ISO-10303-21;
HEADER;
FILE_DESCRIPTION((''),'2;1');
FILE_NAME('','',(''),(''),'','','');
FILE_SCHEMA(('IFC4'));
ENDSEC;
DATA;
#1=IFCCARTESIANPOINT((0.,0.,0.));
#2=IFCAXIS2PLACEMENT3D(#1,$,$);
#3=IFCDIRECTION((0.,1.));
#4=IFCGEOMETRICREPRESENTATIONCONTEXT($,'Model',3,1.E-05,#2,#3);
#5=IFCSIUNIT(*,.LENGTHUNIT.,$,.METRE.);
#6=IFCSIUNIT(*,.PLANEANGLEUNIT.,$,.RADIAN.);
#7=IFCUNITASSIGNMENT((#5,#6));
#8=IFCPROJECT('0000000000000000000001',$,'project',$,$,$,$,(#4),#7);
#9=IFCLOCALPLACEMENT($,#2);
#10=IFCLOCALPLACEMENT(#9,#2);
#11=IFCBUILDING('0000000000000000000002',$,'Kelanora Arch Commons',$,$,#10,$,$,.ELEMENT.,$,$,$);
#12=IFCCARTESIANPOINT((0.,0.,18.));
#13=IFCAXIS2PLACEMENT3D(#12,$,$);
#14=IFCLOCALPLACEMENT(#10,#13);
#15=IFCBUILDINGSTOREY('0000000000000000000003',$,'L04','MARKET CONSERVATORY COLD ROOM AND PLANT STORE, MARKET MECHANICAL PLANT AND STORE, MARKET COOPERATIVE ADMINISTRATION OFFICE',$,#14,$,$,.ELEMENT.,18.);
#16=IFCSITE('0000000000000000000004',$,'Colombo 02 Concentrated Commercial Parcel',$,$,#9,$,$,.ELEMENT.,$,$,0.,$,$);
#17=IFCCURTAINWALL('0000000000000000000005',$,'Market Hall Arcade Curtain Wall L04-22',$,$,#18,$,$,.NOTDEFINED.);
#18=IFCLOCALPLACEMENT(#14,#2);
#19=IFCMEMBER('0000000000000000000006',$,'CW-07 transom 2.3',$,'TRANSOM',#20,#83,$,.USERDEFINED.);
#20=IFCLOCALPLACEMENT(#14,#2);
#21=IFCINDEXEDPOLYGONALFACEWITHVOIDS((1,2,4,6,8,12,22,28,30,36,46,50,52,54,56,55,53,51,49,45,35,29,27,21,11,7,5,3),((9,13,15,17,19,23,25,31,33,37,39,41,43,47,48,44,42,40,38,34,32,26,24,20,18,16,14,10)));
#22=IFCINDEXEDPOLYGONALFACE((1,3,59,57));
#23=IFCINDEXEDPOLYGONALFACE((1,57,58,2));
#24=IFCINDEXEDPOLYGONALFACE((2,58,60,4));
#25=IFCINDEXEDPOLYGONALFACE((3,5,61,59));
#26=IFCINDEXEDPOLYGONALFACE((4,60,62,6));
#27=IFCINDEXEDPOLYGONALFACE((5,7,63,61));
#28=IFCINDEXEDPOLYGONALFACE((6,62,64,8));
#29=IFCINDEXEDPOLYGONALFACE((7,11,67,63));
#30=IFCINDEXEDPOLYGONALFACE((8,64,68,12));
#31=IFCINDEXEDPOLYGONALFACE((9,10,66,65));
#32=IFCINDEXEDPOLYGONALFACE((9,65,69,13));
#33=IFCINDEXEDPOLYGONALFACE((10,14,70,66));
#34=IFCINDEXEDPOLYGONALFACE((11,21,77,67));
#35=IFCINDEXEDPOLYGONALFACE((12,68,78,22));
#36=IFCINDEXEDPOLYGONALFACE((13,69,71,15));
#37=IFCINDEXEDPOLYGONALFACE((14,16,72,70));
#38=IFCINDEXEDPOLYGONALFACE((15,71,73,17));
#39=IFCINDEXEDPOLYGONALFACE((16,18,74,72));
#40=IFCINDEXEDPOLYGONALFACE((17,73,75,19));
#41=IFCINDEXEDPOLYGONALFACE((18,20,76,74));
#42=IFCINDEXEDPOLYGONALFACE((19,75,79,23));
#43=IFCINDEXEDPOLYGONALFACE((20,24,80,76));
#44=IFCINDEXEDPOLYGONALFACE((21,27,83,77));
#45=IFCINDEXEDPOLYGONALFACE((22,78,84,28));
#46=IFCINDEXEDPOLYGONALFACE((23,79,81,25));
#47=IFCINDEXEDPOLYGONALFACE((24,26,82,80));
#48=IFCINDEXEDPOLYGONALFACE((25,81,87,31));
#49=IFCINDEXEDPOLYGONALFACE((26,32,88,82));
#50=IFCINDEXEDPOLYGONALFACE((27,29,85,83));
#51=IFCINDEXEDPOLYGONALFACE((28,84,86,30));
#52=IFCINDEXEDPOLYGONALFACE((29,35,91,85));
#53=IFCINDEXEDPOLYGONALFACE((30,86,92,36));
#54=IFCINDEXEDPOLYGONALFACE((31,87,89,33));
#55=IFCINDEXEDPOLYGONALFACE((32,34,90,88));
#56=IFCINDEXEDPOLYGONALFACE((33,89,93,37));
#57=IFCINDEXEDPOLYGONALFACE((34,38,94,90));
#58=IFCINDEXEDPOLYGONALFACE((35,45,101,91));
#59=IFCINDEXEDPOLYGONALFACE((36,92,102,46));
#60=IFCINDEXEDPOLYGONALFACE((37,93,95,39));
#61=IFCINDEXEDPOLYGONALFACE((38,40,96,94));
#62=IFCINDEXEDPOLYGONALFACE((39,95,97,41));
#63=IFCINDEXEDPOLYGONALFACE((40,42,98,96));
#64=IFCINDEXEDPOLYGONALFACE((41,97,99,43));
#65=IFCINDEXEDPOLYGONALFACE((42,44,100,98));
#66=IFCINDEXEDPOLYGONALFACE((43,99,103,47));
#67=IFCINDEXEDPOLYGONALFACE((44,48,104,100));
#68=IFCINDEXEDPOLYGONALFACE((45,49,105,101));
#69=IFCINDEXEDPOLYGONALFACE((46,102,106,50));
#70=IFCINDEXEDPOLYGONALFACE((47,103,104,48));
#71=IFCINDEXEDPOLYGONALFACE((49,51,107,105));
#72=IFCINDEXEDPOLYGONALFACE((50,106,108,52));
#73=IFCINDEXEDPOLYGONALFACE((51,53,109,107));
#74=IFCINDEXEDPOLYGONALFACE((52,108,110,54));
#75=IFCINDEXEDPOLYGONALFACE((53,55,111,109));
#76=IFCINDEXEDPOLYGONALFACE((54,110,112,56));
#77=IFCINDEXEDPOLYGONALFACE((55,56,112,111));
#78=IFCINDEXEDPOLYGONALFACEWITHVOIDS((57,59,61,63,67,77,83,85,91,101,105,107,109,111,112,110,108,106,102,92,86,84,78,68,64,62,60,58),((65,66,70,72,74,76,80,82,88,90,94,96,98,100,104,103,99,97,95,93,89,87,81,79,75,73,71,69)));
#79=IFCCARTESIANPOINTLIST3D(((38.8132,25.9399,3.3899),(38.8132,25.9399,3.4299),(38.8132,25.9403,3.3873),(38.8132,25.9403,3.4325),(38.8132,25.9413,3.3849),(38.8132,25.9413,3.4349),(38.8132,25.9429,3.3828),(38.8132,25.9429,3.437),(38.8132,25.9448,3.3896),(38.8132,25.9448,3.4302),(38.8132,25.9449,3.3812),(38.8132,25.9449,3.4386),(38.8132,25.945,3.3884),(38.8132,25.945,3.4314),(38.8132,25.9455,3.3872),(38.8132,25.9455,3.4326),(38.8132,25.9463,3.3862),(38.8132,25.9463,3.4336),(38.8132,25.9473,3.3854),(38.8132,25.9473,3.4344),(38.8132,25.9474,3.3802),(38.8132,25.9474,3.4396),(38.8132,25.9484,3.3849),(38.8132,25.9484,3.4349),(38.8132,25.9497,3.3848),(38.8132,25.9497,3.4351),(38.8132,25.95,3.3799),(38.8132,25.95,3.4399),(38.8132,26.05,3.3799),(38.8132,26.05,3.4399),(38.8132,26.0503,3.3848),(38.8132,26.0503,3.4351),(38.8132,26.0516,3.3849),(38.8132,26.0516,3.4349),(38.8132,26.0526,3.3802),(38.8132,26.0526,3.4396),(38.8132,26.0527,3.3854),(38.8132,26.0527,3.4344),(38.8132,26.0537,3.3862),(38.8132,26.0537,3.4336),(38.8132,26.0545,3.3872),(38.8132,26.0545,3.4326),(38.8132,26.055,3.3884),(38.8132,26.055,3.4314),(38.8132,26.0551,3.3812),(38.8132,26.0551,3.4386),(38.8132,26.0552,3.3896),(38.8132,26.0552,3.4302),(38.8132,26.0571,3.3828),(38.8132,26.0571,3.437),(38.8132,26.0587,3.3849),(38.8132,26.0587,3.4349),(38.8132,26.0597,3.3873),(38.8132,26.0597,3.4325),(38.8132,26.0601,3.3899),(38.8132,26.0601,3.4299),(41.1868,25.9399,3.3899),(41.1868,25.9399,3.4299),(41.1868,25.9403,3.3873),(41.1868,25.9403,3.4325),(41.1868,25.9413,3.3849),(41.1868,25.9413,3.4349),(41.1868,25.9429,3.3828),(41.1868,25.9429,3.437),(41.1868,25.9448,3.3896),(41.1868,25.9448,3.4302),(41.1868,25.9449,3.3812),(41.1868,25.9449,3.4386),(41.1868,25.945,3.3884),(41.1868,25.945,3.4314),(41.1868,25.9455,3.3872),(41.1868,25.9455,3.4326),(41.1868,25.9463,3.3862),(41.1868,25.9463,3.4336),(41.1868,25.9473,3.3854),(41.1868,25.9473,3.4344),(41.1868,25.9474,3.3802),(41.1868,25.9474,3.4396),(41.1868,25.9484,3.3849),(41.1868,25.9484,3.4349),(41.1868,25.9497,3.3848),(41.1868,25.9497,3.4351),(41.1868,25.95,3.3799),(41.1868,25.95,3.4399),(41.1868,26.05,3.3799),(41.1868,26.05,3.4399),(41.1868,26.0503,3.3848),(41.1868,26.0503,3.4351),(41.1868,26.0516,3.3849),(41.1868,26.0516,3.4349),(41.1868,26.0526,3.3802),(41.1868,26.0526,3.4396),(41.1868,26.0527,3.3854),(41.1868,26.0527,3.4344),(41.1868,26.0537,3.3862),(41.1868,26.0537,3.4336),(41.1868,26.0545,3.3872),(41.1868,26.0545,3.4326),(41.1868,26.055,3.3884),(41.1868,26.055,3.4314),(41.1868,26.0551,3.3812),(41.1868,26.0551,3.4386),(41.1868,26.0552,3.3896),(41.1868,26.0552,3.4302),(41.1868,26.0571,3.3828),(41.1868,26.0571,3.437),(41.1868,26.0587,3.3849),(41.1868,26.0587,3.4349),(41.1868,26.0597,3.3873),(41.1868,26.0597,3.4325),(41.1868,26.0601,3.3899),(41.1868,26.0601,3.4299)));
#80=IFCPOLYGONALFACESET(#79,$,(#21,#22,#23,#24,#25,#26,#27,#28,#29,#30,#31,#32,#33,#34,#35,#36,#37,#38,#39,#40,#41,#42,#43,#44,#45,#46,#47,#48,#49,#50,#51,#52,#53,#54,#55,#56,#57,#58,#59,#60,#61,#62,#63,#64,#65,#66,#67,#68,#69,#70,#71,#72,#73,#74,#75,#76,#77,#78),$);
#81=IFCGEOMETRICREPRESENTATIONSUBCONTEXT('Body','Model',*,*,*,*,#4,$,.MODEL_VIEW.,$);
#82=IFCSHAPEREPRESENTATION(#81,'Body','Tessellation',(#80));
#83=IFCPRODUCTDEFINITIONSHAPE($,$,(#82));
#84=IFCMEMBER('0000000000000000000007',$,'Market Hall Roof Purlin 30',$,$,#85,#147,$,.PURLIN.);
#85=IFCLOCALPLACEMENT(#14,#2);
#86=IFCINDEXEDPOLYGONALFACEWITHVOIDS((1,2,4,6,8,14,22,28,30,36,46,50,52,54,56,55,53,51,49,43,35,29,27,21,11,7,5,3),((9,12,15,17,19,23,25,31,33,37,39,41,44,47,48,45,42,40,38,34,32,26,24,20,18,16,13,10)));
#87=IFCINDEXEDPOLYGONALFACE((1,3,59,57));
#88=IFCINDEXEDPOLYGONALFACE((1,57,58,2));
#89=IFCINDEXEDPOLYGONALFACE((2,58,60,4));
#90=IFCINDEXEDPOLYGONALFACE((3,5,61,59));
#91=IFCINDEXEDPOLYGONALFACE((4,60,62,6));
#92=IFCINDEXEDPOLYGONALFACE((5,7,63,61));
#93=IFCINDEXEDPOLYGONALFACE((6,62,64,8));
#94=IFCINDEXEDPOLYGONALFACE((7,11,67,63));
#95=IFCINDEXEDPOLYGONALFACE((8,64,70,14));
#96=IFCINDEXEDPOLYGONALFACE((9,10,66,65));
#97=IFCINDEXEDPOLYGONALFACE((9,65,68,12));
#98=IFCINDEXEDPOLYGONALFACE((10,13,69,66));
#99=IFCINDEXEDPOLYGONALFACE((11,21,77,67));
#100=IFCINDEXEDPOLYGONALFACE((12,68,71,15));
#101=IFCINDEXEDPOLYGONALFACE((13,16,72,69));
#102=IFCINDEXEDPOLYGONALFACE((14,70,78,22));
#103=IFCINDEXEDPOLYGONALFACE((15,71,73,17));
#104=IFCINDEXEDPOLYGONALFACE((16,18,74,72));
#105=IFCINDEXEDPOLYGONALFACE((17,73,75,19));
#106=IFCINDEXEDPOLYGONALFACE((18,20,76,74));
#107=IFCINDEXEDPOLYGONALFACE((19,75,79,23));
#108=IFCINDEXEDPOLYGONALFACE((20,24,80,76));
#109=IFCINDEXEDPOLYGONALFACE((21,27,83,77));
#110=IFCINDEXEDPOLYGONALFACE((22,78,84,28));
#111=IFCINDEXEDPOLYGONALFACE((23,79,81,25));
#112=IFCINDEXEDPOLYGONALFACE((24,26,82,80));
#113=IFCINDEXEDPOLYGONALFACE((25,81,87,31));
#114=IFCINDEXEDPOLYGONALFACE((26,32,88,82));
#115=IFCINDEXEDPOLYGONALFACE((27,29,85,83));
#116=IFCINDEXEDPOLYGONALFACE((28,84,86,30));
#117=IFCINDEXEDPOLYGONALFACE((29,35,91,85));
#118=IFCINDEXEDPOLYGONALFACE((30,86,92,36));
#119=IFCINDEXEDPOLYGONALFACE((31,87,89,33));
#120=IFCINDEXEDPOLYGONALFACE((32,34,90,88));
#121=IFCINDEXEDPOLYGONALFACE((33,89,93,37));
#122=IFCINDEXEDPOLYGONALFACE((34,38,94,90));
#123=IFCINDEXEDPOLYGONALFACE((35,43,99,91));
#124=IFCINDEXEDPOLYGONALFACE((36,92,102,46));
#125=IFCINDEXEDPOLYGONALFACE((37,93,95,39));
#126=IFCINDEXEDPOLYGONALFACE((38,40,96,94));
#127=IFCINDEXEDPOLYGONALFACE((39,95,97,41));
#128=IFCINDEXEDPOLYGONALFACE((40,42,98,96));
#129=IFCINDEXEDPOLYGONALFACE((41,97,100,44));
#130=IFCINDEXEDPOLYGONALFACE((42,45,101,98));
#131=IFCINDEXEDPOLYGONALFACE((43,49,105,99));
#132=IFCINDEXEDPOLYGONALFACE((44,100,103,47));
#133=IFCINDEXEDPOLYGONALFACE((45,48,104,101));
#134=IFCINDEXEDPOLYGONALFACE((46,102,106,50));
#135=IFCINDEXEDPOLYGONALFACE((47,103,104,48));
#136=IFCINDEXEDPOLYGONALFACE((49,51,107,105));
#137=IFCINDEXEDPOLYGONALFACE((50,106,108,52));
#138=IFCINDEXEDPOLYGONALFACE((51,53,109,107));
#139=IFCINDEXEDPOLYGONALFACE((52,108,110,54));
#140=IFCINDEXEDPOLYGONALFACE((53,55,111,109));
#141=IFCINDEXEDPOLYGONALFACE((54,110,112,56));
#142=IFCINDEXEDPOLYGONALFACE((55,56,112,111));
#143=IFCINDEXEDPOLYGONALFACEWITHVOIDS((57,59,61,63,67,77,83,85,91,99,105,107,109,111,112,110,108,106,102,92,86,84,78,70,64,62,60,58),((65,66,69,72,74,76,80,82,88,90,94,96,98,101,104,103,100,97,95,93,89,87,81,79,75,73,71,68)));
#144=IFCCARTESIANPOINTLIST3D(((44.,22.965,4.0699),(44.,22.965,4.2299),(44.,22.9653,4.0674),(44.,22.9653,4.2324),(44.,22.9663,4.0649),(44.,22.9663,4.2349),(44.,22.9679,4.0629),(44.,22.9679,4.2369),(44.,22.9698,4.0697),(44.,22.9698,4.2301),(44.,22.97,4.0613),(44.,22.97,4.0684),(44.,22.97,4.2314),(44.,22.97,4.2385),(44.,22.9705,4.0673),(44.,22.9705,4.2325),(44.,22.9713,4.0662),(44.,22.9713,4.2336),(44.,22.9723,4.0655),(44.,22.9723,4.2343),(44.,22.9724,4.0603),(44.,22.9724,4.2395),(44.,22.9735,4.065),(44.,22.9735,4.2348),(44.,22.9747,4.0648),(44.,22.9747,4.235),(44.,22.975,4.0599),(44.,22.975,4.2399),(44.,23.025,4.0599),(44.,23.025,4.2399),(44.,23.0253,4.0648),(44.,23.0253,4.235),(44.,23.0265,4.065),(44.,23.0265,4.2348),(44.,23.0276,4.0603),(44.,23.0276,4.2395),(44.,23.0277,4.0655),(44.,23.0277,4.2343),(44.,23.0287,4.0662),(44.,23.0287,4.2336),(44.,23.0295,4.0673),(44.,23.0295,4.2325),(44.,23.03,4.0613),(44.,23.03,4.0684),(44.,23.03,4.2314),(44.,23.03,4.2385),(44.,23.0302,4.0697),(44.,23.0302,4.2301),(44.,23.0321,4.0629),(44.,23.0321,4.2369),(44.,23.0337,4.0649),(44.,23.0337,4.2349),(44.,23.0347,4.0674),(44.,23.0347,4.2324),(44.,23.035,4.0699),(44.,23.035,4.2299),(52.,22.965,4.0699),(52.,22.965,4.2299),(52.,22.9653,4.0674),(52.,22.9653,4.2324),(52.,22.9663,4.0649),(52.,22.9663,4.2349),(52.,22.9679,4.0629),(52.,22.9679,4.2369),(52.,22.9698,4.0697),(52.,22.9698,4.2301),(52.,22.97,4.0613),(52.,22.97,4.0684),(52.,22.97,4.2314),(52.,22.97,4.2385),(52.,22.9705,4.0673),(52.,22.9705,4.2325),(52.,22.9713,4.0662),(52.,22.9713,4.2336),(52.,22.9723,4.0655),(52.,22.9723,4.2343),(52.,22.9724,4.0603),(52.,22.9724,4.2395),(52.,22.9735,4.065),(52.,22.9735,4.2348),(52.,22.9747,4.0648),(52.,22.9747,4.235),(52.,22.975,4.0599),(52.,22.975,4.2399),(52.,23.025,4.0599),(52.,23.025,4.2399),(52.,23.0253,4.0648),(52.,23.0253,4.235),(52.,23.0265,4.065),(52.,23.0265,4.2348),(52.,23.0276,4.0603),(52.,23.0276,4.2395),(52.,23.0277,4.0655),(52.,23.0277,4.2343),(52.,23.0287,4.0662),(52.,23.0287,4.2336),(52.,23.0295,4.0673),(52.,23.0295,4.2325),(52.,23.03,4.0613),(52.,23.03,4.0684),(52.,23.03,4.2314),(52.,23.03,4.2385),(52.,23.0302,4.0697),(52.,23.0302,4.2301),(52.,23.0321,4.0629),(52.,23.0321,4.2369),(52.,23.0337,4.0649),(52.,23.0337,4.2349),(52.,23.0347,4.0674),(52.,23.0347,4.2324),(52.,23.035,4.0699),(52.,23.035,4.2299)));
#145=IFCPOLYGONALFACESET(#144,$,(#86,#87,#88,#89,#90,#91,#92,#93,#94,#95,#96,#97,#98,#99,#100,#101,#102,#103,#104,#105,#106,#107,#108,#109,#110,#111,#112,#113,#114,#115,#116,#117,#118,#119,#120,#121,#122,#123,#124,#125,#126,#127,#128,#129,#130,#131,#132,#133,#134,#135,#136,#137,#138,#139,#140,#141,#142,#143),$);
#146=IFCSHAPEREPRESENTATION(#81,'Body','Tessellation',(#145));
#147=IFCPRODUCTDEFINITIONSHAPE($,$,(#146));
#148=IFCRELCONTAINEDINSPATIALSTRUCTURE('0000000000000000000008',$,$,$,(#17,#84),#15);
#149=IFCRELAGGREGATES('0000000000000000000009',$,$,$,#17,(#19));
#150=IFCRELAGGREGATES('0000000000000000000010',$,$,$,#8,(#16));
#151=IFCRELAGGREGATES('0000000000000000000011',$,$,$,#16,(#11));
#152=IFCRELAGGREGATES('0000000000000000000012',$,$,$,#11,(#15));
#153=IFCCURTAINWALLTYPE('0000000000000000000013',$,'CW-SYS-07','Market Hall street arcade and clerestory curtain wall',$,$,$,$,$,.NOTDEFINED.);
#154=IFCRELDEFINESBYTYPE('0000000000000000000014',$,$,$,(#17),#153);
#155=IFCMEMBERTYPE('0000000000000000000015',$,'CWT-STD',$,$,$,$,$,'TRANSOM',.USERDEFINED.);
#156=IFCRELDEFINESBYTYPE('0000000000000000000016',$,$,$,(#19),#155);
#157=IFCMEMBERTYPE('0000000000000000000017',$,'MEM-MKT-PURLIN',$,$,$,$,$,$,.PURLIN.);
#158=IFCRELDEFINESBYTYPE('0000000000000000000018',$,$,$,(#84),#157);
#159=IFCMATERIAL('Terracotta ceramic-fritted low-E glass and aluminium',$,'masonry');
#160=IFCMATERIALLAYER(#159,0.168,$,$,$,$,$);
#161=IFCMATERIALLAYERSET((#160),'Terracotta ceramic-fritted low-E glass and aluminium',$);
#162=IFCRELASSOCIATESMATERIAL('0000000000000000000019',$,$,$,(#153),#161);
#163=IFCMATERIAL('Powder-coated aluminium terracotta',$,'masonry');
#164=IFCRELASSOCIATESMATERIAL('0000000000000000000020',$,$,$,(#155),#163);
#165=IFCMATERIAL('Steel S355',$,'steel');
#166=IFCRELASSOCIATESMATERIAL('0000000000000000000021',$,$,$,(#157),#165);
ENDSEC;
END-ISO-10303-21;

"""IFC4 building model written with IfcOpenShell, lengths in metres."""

from ifc_helpers import new_model, si_unit, direction, frame, origin, origin_2d, place, context, subcontext, project, spatial, hollow_rectangle, extrude, material, layer, layer_set, material_profile, profile_set, type_object, element, aggregate, save


model = new_model("IFC4")

# Units and contexts
model_context = context("Model", 3, precision=1e-05, world=origin(), true_north=direction((0.0, 1.0)))
body_context = subcontext(model_context, "Body", "Model", "MODEL_VIEW")
ifc_project = project(units=[si_unit("LENGTHUNIT", "METRE"), si_unit("PLANEANGLEUNIT", "RADIAN")], contexts=[model_context])

# Site, building, storey
site_placement = place(None, origin())
site = spatial("IfcSite", under=ifc_project, at=site_placement, Name="Colombo 02 Concentrated Commercial Parcel", CompositionType="ELEMENT", RefElevation=0.0)
building_placement = place(site_placement, origin())
building = spatial("IfcBuilding", under=site, at=building_placement, Name="Kelanora Arch Commons", CompositionType="ELEMENT")
storey_placement = place(building_placement, frame((0.0, 0.0, 18.0)))
storey = spatial("IfcBuildingStorey", under=building, at=storey_placement, Name="L04", Description="MARKET CONSERVATORY COLD ROOM AND PLANT STORE, MARKET MECHANICAL PLANT AND STORE, MARKET COOPERATIVE ADMINISTRATION OFFICE", CompositionType="ELEMENT", Elevation=18.0)

# Shared definitions
ifc_material_1 = material(Name="Steel S355", Category="steel")

# Curtain wall, member
ifc_material_2 = material(Name="Terracotta ceramic-fritted low-E glass and aluminium", Category="masonry")
ifc_layer_1 = layer(ifc_material_2, 0.168)
ifc_layer_set_1 = layer_set([ifc_layer_1], Name="Terracotta ceramic-fritted low-E glass and aluminium")
curtain_wall_type = type_object("IfcCurtainWallType", Name="CW-SYS-07", Description="Market Hall street arcade and clerestory curtain wall", PredefinedType="NOTDEFINED", material=ifc_layer_set_1)
curtain_wall_placement = place(storey_placement, origin())
curtain_wall = element("IfcCurtainWall", 1, at=curtain_wall_placement, inside=storey, type_object=curtain_wall_type, Name="Market Hall Arcade Curtain Wall L04-22", PredefinedType="NOTDEFINED")
ifc_material_3 = material(Name="Powder-coated aluminium terracotta", Category="masonry")
ifc_material_profile_1 = material_profile(ifc_material_3, hollow_rectangle(XDim=0.1201, YDim=0.0601, WallThickness=0.0049, InnerFilletRadius=0.0049, OuterFilletRadius=0.01, at=origin_2d()), Name="CWT120x60")
ifc_profile_set_1 = profile_set([ifc_material_profile_1], Name="Powder-coated aluminium terracotta")
member_type_1 = type_object("IfcMemberType", Name="CWT-STD", ElementType="TRANSOM", PredefinedType="USERDEFINED", material=ifc_profile_set_1)
member_1_placement = place(storey_placement, frame((41.1868, 26.0, 3.4099), z_axis=(-1.0, 0.0, 0.0), x_axis=(0.0, -1.0, 0.0)))
member_1 = element("IfcMember", 2, at=member_1_placement, type_object=member_type_1, Name="CW-07 transom 2.3", ObjectType="TRANSOM", PredefinedType="USERDEFINED", context=body_context, shape_type="SweptSolid", body=[
    extrude(hollow_rectangle(XDim=0.1201, YDim=0.0601, WallThickness=0.0049, InnerFilletRadius=0.0049, OuterFilletRadius=0.01, at=origin_2d()), origin(), (0.0, 0.0, 1.0), 2.3735),
])

# Member
ifc_material_profile_2 = material_profile(ifc_material_1, hollow_rectangle(XDim=0.0701, YDim=0.1799, WallThickness=0.0049, InnerFilletRadius=0.0049, OuterFilletRadius=0.01, at=origin_2d()), Name="RHS180x70x5")
ifc_profile_set_2 = profile_set([ifc_material_profile_2], Name="Steel S355")
member_type_2 = type_object("IfcMemberType", Name="MEM-MKT-PURLIN", PredefinedType="PURLIN", material=ifc_profile_set_2)
for number, where, z_axis, x_axis, name in (
    (3, (44.0, 23.0, 4.1499), (1.0, 0.0, 0.0), (0.0, 1.0, 0.0), "Market Hall Roof Purlin 30"),
):
    element("IfcMember", number, at=place(storey_placement, frame(where, z_axis=z_axis, x_axis=x_axis)), inside=storey, type_object=member_type_2, Name=name, PredefinedType="PURLIN", context=body_context, shape_type="SweptSolid", body=[
        extrude(hollow_rectangle(XDim=0.0701, YDim=0.1799, WallThickness=0.0049, InnerFilletRadius=0.0049, OuterFilletRadius=0.01, at=origin_2d()), origin(), (0.0, 0.0, 1.0), 8.0),
    ])

aggregate(curtain_wall, [member_1])

save(model, "model.ifc")
